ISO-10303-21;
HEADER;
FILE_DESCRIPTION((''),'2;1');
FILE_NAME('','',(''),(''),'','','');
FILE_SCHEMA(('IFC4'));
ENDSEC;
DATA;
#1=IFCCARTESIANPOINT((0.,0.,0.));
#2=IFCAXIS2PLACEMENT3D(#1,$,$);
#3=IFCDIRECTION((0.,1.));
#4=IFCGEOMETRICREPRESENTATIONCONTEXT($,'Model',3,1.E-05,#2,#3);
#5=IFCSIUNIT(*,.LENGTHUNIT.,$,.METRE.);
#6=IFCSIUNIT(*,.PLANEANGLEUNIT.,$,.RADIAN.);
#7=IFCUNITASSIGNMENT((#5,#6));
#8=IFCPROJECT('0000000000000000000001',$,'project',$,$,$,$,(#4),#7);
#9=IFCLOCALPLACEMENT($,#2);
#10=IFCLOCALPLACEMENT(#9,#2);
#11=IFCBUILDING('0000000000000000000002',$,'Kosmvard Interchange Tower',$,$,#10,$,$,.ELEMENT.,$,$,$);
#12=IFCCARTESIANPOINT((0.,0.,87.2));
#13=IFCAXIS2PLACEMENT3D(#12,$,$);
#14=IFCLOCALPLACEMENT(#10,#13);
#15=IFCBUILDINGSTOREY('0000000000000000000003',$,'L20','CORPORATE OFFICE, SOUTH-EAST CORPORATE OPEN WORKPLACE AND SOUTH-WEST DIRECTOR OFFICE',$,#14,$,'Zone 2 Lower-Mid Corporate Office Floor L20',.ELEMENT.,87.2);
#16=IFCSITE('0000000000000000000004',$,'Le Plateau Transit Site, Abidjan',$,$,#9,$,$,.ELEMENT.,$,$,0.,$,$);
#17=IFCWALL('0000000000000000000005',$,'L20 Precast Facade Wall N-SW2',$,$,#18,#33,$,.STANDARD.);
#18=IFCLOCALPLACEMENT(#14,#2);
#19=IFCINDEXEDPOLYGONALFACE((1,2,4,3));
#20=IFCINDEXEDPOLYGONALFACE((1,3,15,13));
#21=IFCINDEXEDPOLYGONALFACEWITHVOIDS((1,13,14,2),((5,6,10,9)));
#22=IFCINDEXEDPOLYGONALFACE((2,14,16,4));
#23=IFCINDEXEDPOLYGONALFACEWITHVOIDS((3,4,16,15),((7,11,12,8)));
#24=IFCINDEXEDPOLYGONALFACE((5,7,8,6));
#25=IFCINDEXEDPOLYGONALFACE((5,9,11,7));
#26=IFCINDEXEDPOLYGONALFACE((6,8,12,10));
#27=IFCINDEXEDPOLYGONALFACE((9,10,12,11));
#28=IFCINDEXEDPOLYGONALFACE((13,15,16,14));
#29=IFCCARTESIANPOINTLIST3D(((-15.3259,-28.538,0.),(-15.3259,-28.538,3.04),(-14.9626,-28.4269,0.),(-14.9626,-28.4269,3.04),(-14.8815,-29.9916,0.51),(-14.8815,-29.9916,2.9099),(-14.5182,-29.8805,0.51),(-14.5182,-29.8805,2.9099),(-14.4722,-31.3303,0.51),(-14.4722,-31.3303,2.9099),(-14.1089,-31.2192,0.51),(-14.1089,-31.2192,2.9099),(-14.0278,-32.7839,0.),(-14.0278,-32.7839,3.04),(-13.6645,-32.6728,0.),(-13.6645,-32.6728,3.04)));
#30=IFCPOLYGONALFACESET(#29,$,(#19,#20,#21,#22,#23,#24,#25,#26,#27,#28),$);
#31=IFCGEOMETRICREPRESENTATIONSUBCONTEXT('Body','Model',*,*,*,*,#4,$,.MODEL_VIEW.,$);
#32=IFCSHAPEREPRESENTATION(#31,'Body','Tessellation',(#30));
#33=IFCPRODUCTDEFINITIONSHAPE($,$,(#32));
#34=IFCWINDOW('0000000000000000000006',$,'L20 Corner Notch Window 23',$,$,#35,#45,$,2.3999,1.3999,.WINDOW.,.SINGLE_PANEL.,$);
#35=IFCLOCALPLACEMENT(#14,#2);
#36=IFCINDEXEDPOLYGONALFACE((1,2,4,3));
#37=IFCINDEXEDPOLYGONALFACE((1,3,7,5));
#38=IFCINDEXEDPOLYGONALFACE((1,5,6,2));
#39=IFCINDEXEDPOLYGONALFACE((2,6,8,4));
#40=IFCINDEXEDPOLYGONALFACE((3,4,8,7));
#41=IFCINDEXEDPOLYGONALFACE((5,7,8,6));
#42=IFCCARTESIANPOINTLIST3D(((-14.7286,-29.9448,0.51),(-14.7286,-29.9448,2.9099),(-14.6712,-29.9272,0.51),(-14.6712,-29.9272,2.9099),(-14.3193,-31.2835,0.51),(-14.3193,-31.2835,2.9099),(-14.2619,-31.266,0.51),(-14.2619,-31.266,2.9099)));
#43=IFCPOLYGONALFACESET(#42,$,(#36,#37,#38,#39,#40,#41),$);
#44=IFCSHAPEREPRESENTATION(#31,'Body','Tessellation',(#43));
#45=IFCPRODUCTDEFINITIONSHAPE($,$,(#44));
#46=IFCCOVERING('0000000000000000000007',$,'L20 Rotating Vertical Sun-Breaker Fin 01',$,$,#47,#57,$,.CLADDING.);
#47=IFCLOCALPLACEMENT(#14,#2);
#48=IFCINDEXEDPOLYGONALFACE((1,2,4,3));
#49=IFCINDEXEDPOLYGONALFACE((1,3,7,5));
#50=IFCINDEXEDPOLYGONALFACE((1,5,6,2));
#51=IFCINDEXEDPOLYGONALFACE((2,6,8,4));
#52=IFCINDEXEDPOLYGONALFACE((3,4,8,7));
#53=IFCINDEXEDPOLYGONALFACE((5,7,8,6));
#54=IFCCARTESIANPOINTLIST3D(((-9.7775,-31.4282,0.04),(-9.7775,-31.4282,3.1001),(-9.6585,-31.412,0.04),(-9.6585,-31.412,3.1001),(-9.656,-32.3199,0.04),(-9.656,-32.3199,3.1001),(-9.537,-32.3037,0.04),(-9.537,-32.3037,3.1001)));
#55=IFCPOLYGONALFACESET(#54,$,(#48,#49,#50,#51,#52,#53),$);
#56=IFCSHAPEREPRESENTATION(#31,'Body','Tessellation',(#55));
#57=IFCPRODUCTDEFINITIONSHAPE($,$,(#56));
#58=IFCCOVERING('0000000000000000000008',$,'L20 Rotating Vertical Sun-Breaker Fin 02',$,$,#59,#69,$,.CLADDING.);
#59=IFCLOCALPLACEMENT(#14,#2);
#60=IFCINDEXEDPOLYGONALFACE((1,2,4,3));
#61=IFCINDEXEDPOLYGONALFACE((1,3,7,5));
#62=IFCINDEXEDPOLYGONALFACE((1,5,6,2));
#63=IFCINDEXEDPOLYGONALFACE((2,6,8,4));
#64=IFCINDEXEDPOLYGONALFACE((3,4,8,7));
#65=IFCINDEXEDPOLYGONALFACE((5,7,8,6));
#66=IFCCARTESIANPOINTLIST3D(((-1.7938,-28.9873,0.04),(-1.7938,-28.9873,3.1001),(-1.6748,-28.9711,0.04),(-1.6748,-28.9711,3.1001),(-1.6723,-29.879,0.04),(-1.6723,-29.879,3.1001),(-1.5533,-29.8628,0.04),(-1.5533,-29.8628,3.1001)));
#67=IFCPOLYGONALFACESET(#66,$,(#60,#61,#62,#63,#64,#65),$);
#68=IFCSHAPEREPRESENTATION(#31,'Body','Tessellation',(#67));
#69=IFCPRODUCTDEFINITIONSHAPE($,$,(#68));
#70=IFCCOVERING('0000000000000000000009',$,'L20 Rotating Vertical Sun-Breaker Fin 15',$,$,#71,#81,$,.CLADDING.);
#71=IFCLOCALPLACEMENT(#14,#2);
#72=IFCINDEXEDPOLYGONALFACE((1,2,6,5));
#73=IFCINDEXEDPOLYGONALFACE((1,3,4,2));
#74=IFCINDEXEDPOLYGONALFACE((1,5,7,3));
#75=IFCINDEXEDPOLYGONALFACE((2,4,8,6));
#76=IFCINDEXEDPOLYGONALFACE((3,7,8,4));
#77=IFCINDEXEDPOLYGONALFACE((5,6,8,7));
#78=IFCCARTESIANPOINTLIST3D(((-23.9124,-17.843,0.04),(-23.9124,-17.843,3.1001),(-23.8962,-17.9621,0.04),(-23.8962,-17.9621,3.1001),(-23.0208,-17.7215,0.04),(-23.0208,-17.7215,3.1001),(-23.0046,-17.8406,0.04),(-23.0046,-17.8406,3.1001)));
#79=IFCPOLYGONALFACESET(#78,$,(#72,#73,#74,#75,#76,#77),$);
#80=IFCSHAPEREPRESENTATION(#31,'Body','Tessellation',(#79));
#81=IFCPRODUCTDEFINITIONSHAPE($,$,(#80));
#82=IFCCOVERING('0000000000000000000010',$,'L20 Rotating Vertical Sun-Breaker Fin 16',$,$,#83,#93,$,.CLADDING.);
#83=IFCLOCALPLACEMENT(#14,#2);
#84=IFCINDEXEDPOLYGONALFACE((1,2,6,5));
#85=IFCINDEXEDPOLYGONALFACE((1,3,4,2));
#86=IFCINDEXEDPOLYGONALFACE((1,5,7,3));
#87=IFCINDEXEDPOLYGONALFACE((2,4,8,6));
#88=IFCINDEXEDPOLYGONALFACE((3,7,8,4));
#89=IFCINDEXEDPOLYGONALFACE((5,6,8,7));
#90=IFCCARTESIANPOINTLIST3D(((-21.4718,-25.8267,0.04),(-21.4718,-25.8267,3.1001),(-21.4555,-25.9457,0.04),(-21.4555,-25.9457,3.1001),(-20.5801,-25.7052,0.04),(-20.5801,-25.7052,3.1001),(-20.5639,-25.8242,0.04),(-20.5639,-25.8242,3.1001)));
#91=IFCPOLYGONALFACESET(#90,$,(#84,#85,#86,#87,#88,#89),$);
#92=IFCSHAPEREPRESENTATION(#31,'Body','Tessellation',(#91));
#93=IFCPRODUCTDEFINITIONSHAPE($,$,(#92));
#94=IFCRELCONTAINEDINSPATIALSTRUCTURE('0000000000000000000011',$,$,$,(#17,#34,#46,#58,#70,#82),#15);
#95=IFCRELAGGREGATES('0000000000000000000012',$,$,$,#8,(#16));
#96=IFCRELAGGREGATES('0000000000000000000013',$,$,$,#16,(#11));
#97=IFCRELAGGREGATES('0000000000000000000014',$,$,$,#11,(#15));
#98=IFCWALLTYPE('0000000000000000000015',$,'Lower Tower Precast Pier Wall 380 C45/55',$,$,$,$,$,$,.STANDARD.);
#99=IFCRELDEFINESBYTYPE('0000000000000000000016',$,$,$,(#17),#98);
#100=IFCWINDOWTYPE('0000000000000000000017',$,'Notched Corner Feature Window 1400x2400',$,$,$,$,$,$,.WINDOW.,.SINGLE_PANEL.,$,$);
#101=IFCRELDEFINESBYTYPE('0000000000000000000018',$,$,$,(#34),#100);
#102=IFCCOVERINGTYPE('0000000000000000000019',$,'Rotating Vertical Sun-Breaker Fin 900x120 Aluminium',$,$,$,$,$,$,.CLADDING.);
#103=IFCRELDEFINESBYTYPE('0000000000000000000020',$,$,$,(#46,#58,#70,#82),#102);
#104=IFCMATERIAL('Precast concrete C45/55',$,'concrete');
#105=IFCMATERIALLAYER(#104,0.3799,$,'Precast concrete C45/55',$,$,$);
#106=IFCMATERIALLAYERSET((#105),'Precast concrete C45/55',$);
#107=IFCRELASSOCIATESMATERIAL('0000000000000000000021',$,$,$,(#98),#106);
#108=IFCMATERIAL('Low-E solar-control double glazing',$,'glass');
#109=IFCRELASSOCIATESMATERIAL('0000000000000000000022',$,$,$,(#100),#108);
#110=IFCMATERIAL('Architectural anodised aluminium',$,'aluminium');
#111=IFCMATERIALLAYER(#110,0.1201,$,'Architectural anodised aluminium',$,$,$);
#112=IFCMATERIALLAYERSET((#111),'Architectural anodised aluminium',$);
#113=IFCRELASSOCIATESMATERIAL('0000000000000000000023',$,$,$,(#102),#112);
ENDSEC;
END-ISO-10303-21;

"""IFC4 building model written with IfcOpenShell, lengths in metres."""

from ifc_helpers import new_model, si_unit, direction, frame, frame_2d, origin, origin_2d, place, context, subcontext, project, spatial, rectangle, extrude, source, transform, mapped, material, layer, layer_set, type_object, element, fill, save


model = new_model("IFC4")

# Units and contexts
model_context = context("Model", 3, precision=1e-05, world=origin(), true_north=direction((0.0, 1.0)))
body_context = subcontext(model_context, "Body", "Model", "MODEL_VIEW")
ifc_project = project(units=[si_unit("LENGTHUNIT", "METRE"), si_unit("PLANEANGLEUNIT", "RADIAN")], contexts=[model_context])

# Site, building, storey
site_placement = place(None, origin())
site = spatial("IfcSite", under=ifc_project, at=site_placement, Name="Le Plateau Transit Site, Abidjan", CompositionType="ELEMENT", RefElevation=0.0)
building_placement = place(site_placement, origin())
building = spatial("IfcBuilding", under=site, at=building_placement, Name="Kosmvard Interchange Tower", CompositionType="ELEMENT")
storey_placement = place(building_placement, frame((0.0, 0.0, 87.2)))
storey = spatial("IfcBuildingStorey", under=building, at=storey_placement, Name="L20", Description="CORPORATE OFFICE, SOUTH-EAST CORPORATE OPEN WORKPLACE AND SOUTH-WEST DIRECTOR OFFICE", LongName="Zone 2 Lower-Mid Corporate Office Floor L20", CompositionType="ELEMENT", Elevation=87.2)

# Shared definitions
ifc_material_1 = material(Name="Precast concrete C45/55", Category="concrete")

# Shared definitions
ifc_layer_1 = layer(ifc_material_1, 0.3799, Name="Precast concrete C45/55")
ifc_layer_set_1 = layer_set([ifc_layer_1], Name="Precast concrete C45/55")
wall_type_1 = type_object("IfcWallType", Name="Lower Tower Precast Pier Wall 380 C45/55", PredefinedType="STANDARD", material=ifc_layer_set_1)
ifc_material_2 = material(Name="Low-E solar-control double glazing", Category="glass")
window_type_1 = type_object("IfcWindowType", Name="Notched Corner Feature Window 1400x2400", PartitioningType="SINGLE_PANEL", PredefinedType="WINDOW", material=ifc_material_2)
shared_shape_1 = source(origin(), body_context, "Body", "SweptSolid", [
    extrude(rectangle(XDim=1.3999, YDim=2.3999, at=frame_2d((0.7, 1.2))), frame((0.0, 0.03, 0.0), z_axis=(0.0, -1.0, 0.0), x_axis=(1.0, 0.0, 0.0)), (0.0, 0.0, 1.0), 0.0601),
])

# Wall, opening, window
wall_1_placement = place(storey_placement, frame((-15.1443, -28.4824, 0.0), z_axis=(0.0, 0.0, 1.0), x_axis=(0.292374, -0.956304, 0.0)))
wall_1 = element("IfcWall", 1, at=wall_1_placement, inside=storey, type_object=wall_type_1, Name="L20 Precast Facade Wall N-SW2", PredefinedType="STANDARD", context=body_context, shape_type="SweptSolid", body=[
    extrude(rectangle(XDim=4.4399, YDim=0.3799, at=frame_2d((2.22, 0.0))), origin(), (0.0, 0.0, 1.0), 3.04),
])
opening_1_placement = place(wall_1_placement, frame((1.52, 0.0, 0.51)))
opening_1 = element("IfcOpeningElement", 2, at=opening_1_placement, cuts=wall_1, PredefinedType="OPENING", context=body_context, shape_type="SweptSolid", body=[
    extrude(rectangle(XDim=1.3999, YDim=2.3999, at=frame_2d((0.7, 1.2))), frame((0.0, 0.2, 0.0), z_axis=(0.0, -1.0, 0.0), x_axis=(1.0, 0.0, 0.0)), (0.0, 0.0, 1.0), 0.3999),
])
window_1_placement = place(opening_1_placement, origin())
window_1 = element("IfcWindow", 3, at=window_1_placement, inside=storey, type_object=window_type_1, Name="L20 Corner Notch Window 23", OverallHeight=2.3999, OverallWidth=1.3999, PartitioningType="SINGLE_PANEL", PredefinedType="WINDOW", context=body_context, shape_type="MappedRepresentation", body=[
    mapped(shared_shape_1, transform((0.0, 0.0, 0.0), scale=1.0)),
])
fill(opening_1, window_1)

# Coverings
ifc_material_3 = material(Name="Architectural anodised aluminium", Category="aluminium")
ifc_layer_2 = layer(ifc_material_3, 0.1201, Name="Architectural anodised aluminium")
ifc_layer_set_2 = layer_set([ifc_layer_2], Name="Architectural anodised aluminium")
covering_type = type_object("IfcCoveringType", Name="Rotating Vertical Sun-Breaker Fin 900x120 Aluminium", PredefinedType="CLADDING", material=ifc_layer_set_2)
shared_shape_2 = source(origin(), body_context, "Body", "SweptSolid", [
    extrude(rectangle(XDim=0.8999, YDim=0.1201, at=origin_2d()), origin(), (0.0, 0.0, 1.0), 3.0601),
])
for number, where, z_axis, x_axis, name in (
    (4, (-9.6572, -31.866, 0.04), (0.0, 0.0, 1.0), (0.135024, -0.990842, 0.0), "L20 Rotating Vertical Sun-Breaker Fin 01"),
    (5, (-1.6736, -29.425, 0.04), (0.0, 0.0, 1.0), (0.135024, -0.990842, 0.0), "L20 Rotating Vertical Sun-Breaker Fin 02"),
    (6, (-23.4585, -17.8418, 0.04), (0.0, 0.0, 1.0), (-0.990842, -0.135024, 0.0), "L20 Rotating Vertical Sun-Breaker Fin 15"),
    (7, (-21.0178, -25.8254, 0.04), (0.0, 0.0, 1.0), (-0.990842, -0.135024, 0.0), "L20 Rotating Vertical Sun-Breaker Fin 16"),
):
    element("IfcCovering", number, at=place(storey_placement, frame(where, z_axis=z_axis, x_axis=x_axis)), inside=storey, type_object=covering_type, Name=name, PredefinedType="CLADDING", context=body_context, shape_type="MappedRepresentation", body=[
        mapped(shared_shape_2, transform((0.0, 0.0, 0.0), scale=1.0)),
    ])

save(model, "model.ifc")
